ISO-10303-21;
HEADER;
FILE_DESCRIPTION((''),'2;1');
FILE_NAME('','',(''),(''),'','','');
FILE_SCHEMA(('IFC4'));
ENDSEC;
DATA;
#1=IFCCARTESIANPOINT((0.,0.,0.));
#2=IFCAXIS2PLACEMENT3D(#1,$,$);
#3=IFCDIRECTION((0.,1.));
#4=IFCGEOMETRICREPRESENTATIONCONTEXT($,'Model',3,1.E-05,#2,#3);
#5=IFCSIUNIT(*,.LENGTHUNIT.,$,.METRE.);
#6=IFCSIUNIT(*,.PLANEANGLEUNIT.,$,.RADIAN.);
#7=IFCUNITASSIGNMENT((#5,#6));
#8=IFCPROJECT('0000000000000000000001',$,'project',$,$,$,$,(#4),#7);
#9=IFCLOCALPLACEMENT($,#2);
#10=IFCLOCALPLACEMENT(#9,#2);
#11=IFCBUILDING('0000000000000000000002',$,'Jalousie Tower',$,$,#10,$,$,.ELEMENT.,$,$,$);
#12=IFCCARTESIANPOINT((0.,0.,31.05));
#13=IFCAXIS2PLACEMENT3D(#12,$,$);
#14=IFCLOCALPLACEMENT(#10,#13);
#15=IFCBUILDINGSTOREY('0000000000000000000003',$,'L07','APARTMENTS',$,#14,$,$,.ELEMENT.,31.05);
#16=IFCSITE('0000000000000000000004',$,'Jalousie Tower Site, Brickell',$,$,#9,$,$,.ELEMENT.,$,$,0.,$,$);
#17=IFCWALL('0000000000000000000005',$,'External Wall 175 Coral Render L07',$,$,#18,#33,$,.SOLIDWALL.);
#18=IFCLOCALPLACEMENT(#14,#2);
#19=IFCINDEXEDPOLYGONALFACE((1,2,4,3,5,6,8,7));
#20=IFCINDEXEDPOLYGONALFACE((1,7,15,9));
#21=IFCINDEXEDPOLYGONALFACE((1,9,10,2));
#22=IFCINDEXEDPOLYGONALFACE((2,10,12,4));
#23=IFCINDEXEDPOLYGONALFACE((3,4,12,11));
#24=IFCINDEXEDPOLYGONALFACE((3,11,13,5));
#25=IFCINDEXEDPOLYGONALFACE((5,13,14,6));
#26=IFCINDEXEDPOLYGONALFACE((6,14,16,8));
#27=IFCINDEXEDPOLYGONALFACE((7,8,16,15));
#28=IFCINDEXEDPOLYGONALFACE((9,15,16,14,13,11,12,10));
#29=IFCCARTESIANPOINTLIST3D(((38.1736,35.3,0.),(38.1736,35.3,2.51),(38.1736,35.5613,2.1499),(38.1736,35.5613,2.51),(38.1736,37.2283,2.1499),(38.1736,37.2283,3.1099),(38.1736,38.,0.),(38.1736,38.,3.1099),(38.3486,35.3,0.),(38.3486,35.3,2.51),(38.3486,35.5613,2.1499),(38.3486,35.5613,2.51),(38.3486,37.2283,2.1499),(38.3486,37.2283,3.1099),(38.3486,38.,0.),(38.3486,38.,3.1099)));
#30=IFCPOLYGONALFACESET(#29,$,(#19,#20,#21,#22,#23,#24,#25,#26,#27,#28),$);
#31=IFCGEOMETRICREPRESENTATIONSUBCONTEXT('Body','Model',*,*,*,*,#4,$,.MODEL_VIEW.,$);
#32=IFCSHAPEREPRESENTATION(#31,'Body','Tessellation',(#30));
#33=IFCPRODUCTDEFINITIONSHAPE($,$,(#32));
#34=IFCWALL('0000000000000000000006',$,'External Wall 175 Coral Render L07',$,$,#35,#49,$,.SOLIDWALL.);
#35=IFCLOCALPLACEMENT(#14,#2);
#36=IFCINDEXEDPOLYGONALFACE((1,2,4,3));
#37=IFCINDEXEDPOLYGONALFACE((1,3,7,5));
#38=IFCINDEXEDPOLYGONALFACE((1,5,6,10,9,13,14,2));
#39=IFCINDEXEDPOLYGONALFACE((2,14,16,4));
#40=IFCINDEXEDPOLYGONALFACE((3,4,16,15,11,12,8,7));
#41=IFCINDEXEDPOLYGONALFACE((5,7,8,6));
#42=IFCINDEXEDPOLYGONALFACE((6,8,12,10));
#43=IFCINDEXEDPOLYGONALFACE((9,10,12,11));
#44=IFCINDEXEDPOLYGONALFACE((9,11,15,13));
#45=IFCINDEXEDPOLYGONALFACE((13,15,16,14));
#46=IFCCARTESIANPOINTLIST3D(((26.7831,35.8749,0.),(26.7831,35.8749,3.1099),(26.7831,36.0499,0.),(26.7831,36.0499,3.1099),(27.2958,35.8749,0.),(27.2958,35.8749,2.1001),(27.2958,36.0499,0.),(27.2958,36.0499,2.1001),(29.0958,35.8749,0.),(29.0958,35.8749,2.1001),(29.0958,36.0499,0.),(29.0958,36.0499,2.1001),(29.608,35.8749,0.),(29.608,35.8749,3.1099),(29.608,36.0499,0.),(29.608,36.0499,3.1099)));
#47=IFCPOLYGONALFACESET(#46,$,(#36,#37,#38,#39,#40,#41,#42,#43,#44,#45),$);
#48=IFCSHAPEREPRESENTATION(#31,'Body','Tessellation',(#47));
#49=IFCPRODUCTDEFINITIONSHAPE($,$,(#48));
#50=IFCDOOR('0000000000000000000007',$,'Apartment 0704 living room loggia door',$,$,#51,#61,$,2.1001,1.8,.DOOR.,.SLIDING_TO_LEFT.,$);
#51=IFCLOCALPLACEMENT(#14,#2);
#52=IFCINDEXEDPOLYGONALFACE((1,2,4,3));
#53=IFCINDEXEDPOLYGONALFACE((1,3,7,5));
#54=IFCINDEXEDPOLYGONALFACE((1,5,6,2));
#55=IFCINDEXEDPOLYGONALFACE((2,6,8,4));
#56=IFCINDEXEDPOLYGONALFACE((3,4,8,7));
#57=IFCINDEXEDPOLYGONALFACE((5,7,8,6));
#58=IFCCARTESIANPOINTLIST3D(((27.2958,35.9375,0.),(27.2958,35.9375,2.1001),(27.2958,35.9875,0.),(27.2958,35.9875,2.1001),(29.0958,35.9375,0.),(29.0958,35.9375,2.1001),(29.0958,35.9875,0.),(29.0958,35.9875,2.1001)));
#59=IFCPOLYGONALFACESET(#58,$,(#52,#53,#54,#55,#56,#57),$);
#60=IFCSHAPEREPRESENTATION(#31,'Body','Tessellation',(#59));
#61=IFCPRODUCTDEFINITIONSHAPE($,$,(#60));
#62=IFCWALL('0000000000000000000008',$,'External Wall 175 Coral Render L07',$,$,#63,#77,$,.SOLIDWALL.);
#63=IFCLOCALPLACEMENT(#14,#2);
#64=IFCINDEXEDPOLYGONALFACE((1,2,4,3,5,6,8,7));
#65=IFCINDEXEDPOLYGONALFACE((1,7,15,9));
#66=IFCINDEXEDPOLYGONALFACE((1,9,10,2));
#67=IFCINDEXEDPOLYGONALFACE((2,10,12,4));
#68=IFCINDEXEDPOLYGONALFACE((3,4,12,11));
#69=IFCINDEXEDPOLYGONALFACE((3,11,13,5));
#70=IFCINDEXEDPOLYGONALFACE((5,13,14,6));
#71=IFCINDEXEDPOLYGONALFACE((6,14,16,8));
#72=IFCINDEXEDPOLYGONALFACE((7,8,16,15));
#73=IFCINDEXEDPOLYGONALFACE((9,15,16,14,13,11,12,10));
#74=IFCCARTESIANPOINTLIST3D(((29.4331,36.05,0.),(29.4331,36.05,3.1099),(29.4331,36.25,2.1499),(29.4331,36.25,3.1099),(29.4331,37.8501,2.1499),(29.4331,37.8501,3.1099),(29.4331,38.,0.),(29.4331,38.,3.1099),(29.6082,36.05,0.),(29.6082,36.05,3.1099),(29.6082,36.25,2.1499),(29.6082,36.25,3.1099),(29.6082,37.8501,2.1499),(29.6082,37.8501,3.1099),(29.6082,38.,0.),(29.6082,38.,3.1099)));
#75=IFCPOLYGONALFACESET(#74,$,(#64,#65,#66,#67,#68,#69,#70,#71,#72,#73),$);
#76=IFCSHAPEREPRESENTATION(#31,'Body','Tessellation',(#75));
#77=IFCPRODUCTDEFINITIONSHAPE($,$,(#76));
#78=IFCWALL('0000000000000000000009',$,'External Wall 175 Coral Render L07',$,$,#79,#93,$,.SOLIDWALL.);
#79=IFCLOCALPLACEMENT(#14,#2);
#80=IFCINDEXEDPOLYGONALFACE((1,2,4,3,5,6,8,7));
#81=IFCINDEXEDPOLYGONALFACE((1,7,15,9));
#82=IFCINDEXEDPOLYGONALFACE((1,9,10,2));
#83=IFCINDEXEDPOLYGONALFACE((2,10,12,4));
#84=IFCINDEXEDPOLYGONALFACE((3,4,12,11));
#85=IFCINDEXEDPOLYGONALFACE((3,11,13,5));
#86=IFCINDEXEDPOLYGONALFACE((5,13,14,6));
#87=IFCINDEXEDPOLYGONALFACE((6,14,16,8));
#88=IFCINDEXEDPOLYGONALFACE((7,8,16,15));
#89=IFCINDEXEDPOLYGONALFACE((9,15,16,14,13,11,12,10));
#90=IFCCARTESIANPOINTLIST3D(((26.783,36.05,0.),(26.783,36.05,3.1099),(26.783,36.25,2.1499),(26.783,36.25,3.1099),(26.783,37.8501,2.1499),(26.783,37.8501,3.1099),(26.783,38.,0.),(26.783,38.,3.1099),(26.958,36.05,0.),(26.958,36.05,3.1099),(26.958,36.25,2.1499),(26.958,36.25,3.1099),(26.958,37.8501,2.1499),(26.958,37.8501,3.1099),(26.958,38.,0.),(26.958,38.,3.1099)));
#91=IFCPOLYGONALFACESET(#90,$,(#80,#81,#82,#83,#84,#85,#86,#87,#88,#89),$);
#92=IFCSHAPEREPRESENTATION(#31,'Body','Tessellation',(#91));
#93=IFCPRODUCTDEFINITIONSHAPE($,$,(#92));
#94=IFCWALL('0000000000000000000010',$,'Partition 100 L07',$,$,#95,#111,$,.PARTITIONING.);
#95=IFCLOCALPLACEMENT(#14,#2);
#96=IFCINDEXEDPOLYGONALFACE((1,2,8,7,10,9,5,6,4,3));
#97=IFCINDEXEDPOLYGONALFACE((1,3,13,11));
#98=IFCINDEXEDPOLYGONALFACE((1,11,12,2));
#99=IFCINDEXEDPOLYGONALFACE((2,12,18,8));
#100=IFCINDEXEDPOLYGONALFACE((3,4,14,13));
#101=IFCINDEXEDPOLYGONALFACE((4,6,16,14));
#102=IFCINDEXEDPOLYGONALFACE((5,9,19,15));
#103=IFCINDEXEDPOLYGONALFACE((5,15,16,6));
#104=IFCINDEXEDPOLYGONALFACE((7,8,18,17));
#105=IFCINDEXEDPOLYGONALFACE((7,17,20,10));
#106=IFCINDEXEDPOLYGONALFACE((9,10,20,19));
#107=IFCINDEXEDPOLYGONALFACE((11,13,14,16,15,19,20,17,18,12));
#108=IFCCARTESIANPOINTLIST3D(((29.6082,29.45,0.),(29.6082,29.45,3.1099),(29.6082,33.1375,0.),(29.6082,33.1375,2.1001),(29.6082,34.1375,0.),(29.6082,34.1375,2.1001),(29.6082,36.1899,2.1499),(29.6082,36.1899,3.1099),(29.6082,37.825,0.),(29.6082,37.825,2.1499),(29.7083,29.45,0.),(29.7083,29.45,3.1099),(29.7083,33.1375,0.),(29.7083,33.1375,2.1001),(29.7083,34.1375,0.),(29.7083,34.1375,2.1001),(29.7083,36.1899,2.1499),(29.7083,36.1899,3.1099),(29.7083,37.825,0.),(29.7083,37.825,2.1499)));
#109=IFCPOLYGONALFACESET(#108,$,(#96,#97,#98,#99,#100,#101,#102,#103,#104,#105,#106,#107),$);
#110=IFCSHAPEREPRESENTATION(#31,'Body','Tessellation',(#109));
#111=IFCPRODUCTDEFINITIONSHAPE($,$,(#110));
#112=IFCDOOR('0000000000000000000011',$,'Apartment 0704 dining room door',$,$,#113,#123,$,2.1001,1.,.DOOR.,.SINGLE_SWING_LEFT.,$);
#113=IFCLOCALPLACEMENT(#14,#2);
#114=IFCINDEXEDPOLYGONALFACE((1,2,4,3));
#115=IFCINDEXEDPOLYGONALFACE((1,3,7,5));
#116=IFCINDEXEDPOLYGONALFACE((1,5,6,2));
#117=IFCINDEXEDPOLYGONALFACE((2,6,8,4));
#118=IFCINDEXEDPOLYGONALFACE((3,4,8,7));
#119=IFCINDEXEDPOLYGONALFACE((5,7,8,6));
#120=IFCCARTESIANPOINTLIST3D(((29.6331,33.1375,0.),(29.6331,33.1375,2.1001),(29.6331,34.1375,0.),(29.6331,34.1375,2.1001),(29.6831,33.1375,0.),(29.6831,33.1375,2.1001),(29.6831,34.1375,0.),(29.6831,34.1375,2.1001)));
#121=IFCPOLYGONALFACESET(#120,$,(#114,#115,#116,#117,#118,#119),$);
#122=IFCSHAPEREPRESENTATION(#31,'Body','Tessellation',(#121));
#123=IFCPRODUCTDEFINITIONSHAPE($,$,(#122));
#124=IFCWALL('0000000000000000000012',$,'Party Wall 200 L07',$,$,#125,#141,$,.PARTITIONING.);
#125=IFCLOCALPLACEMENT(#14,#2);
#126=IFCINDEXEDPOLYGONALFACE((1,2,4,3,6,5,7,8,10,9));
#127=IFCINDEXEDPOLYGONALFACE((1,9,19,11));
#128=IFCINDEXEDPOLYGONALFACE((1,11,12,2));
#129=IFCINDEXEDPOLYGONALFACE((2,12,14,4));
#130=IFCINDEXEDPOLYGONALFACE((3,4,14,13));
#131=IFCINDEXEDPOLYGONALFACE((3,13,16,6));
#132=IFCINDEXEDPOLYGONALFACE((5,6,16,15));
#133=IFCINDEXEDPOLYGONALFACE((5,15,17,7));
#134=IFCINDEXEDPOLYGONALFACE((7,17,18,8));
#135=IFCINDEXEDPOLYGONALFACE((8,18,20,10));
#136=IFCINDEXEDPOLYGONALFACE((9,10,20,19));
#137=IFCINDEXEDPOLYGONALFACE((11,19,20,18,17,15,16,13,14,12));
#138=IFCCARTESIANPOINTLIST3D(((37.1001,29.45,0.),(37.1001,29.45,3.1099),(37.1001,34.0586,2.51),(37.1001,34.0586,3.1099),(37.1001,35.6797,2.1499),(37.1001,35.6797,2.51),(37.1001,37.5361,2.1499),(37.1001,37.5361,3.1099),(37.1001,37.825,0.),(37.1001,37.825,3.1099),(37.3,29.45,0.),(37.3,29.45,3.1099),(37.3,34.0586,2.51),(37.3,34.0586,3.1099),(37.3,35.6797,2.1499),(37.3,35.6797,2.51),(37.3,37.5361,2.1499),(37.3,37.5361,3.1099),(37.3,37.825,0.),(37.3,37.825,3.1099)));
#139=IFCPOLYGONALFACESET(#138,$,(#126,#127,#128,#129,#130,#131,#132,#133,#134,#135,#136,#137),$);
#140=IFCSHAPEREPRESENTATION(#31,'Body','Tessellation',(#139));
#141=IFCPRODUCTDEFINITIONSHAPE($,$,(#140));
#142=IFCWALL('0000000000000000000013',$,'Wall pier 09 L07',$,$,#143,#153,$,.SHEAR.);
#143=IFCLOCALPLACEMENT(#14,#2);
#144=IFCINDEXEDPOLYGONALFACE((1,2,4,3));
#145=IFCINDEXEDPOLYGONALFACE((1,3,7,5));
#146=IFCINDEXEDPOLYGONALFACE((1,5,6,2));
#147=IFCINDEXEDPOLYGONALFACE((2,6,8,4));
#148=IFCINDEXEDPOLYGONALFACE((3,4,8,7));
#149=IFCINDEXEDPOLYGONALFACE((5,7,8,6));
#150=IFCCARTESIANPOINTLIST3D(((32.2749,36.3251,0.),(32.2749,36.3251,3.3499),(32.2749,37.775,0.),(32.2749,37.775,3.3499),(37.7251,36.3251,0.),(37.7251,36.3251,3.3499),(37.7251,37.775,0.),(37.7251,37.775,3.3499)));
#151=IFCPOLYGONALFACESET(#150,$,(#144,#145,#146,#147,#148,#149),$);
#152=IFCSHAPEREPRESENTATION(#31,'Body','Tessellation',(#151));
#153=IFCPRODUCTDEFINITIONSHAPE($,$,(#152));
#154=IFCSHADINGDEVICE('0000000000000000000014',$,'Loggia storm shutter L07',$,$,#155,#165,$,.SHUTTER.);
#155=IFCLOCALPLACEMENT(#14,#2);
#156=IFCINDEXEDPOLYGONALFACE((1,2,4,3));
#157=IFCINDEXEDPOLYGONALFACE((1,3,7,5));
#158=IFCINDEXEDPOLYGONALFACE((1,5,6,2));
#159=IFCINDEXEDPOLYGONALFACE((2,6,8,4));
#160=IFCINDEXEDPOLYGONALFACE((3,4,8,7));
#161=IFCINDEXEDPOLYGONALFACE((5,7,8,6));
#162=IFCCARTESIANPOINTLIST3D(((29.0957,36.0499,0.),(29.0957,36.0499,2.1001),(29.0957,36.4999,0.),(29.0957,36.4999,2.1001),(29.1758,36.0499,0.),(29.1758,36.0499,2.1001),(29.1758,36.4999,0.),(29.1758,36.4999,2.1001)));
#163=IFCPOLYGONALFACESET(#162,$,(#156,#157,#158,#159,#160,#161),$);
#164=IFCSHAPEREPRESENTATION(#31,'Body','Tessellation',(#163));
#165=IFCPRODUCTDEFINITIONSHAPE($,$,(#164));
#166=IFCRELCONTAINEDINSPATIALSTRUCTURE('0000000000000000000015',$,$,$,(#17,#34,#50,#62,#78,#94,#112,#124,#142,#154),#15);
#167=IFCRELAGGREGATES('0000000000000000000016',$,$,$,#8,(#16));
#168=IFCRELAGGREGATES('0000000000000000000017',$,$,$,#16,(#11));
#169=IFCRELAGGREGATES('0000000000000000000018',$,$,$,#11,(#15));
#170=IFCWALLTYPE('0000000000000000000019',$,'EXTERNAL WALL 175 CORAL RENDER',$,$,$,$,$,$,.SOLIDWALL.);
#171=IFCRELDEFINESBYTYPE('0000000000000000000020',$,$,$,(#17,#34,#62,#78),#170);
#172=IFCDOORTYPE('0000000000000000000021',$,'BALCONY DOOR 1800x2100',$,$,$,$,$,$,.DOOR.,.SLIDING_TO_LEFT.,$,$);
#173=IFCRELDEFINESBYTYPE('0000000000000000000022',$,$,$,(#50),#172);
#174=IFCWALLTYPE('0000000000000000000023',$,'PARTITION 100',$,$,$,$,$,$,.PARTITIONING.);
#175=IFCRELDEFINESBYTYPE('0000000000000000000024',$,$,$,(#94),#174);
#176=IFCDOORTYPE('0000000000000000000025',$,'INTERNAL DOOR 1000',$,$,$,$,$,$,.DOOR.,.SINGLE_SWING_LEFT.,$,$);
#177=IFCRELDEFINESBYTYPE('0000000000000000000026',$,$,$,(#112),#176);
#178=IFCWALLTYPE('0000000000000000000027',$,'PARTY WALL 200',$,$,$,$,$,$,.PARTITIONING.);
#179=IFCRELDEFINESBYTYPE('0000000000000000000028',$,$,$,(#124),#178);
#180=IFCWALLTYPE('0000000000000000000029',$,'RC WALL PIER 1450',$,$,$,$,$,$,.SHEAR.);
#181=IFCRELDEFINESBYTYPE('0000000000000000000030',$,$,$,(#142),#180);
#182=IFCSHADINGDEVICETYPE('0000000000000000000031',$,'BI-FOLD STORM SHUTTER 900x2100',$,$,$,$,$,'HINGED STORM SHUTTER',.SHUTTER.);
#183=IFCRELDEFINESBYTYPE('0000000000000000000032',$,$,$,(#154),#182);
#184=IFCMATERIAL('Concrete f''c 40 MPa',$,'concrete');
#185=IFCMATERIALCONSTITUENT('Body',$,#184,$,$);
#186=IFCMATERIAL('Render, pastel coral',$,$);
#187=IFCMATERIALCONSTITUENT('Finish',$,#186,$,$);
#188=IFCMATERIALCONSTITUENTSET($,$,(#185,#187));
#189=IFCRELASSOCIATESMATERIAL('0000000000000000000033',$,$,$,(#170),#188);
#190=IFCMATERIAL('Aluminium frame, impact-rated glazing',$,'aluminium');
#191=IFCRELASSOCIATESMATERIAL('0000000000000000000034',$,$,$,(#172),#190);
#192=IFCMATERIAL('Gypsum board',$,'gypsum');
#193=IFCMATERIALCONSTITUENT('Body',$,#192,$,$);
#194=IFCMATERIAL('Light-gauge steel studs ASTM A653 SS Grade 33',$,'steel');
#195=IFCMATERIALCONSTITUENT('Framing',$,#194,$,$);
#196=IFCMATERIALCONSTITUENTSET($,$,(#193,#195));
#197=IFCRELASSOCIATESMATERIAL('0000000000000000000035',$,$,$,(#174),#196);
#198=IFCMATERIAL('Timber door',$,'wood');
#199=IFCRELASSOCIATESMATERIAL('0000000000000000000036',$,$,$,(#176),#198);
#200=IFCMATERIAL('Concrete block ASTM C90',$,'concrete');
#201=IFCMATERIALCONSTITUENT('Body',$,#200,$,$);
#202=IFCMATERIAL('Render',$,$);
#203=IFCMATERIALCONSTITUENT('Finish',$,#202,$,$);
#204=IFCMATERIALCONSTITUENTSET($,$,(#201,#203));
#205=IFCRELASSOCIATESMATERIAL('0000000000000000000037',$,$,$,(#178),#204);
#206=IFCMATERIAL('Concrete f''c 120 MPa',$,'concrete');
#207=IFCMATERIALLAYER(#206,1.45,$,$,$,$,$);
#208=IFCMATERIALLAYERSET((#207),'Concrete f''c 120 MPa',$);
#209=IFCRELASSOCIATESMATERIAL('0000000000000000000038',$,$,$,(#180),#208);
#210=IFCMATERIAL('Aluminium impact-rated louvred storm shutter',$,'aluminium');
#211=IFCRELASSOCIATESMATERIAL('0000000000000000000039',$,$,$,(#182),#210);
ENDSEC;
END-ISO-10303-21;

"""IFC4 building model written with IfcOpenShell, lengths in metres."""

from ifc_helpers import new_model, si_unit, direction, frame, frame_2d, origin, origin_2d, place, context, subcontext, project, spatial, polyline, rectangle, outline, extrude, material, layer, layer_set, constituent, constituent_set, type_object, element, fill, save


model = new_model("IFC4")

# Units and contexts
model_context = context("Model", 3, precision=1e-05, world=origin(), true_north=direction((0.0, 1.0)))
body_context = subcontext(model_context, "Body", "Model", "MODEL_VIEW")
ifc_project = project(units=[si_unit("LENGTHUNIT", "METRE"), si_unit("PLANEANGLEUNIT", "RADIAN")], contexts=[model_context])

# Site, building, storey
site_placement = place(None, origin())
site = spatial("IfcSite", under=ifc_project, at=site_placement, Name="Jalousie Tower Site, Brickell", CompositionType="ELEMENT", RefElevation=0.0)
building_placement = place(site_placement, origin())
building = spatial("IfcBuilding", under=site, at=building_placement, Name="Jalousie Tower", CompositionType="ELEMENT")
storey_placement = place(building_placement, frame((0.0, 0.0, 31.05)))
storey = spatial("IfcBuildingStorey", under=building, at=storey_placement, Name="L07", Description="APARTMENTS", CompositionType="ELEMENT", Elevation=31.05)

# Shared definitions
ifc_material_1 = material(Name="Concrete f'c 40 MPa", Category="concrete")
ifc_constituent_1 = constituent(ifc_material_1, Name="Body")
ifc_material_2 = material(Name="Render, pastel coral")
ifc_constituent_2 = constituent(ifc_material_2, Name="Finish")
ifc_constituent_set_1 = constituent_set(constituents=[ifc_constituent_1, ifc_constituent_2])
wall_type_1 = type_object("IfcWallType", Name="EXTERNAL WALL 175 CORAL RENDER", PredefinedType="SOLIDWALL", material=ifc_constituent_set_1)

# Wall
wall_1_placement = place(storey_placement, frame((38.2612, 38.0, 0.0), z_axis=(0.0, 0.0, 1.0), x_axis=(0.0, -1.0, 0.0)))
element("IfcWall", 1, at=wall_1_placement, inside=storey, type_object=wall_type_1, Name="External Wall 175 Coral Render L07", PredefinedType="SOLIDWALL", context=body_context, shape_type="SweptSolid", body=[
    extrude(outline(polyline([(0.0, 0.0), (2.7, 0.0), (2.7, 2.51), (2.4387, 2.51), (2.4387, 2.1499), (0.7717, 2.1499), (0.7717, 3.1099), (0.0, 3.1099), (0.0, 0.0)])), frame((0.0, 0.0874, 0.0), z_axis=(0.0, -1.0, 0.0), x_axis=(1.0, 0.0, 0.0)), (0.0, 0.0, 1.0), 0.175),
])

# Wall, opening, door
wall_2_placement = place(storey_placement, frame((29.6082, 35.9624, 0.0), z_axis=(0.0, 0.0, 1.0), x_axis=(-1.0, 0.0, 0.0)))
wall_2 = element("IfcWall", 2, at=wall_2_placement, inside=storey, type_object=wall_type_1, Name="External Wall 175 Coral Render L07", PredefinedType="SOLIDWALL", context=body_context, shape_type="SweptSolid", body=[
    extrude(rectangle(XDim=2.825, YDim=0.175, at=frame_2d((1.4126, 0.0))), origin(), (0.0, 0.0, 1.0), 3.1099),
])
opening_1_placement = place(wall_2_placement, frame((0.5125, 0.0, 0.0)))
opening_1 = element("IfcOpeningElement", 3, at=opening_1_placement, cuts=wall_2, PredefinedType="OPENING", context=body_context, shape_type="SweptSolid", body=[
    extrude(rectangle(XDim=1.8, YDim=2.1001, at=frame_2d((0.8999, 1.05))), frame((0.0, 0.0974, 0.0), z_axis=(0.0, -1.0, 0.0), x_axis=(1.0, 0.0, 0.0)), (0.0, 0.0, 1.0), 0.1951),
])
ifc_material_3 = material(Name="Aluminium frame, impact-rated glazing", Category="aluminium")
door_type_1 = type_object("IfcDoorType", Name="BALCONY DOOR 1800x2100", OperationType="SLIDING_TO_LEFT", PredefinedType="DOOR", material=ifc_material_3)
door_1_placement = place(opening_1_placement, origin())
door_1 = element("IfcDoor", 4, at=door_1_placement, inside=storey, type_object=door_type_1, Name="Apartment 0704 living room loggia door", OperationType="SLIDING_TO_LEFT", OverallHeight=2.1001, OverallWidth=1.8, PredefinedType="DOOR", context=body_context, shape_type="SweptSolid", body=[
    extrude(rectangle(XDim=1.8, YDim=2.1001, at=frame_2d((0.8999, 1.05))), frame((0.0, 0.0249, 0.0), z_axis=(0.0, -1.0, 0.0), x_axis=(1.0, 0.0, 0.0)), (0.0, 0.0, 1.0), 0.05),
])
fill(opening_1, door_1)

# Walls
for number, where, z_axis, x_axis, name in (
    (5, (29.5208, 38.0, 0.0), (0.0, 0.0, 1.0), (0.0, -1.0, 0.0), "External Wall 175 Coral Render L07"),
    (6, (26.8706, 38.0, 0.0), (0.0, 0.0, 1.0), (0.0, -1.0, 0.0), "External Wall 175 Coral Render L07"),
):
    element("IfcWall", number, at=place(storey_placement, frame(where, z_axis=z_axis, x_axis=x_axis)), inside=storey, type_object=wall_type_1, Name=name, PredefinedType="SOLIDWALL", context=body_context, shape_type="SweptSolid", body=[
        extrude(outline(polyline([(0.0, 0.0), (1.95, 0.0), (1.95, 3.1099), (1.75, 3.1099), (1.75, 2.1499), (0.1499, 2.1499), (0.1499, 3.1099), (0.0, 3.1099), (0.0, 0.0)])), frame((0.0, 0.0874, 0.0), z_axis=(0.0, -1.0, 0.0), x_axis=(1.0, 0.0, 0.0)), (0.0, 0.0, 1.0), 0.175),
    ])

# Wall, opening, door
ifc_material_4 = material(Name="Gypsum board", Category="gypsum")
ifc_constituent_3 = constituent(ifc_material_4, Name="Body")
ifc_material_5 = material(Name="Light-gauge steel studs ASTM A653 SS Grade 33", Category="steel")
ifc_constituent_4 = constituent(ifc_material_5, Name="Framing")
ifc_constituent_set_2 = constituent_set(constituents=[ifc_constituent_3, ifc_constituent_4])
wall_type_2 = type_object("IfcWallType", Name="PARTITION 100", PredefinedType="PARTITIONING", material=ifc_constituent_set_2)
wall_3_placement = place(storey_placement, frame((29.6582, 37.825, 0.0), z_axis=(0.0, 0.0, 1.0), x_axis=(0.0, -1.0, 0.0)))
wall_3 = element("IfcWall", 7, at=wall_3_placement, inside=storey, type_object=wall_type_2, Name="Partition 100 L07", PredefinedType="PARTITIONING", context=body_context, shape_type="SweptSolid", body=[
    extrude(outline(polyline([(0.0, 0.0), (8.375, 0.0), (8.375, 3.1099), (1.635, 3.1099), (1.635, 2.1499), (0.0, 2.1499), (0.0, 3.1099), (0.0, 0.0)])), frame((0.0, 0.05, 0.0), z_axis=(0.0, -1.0, 0.0), x_axis=(1.0, 0.0, 0.0)), (0.0, 0.0, 1.0), 0.1001),
])
opening_2_placement = place(wall_3_placement, frame((3.6875, 0.0, 0.0)))
opening_2 = element("IfcOpeningElement", 8, at=opening_2_placement, cuts=wall_3, PredefinedType="OPENING", context=body_context, shape_type="SweptSolid", body=[
    extrude(rectangle(XDim=1.0, YDim=2.1001, at=frame_2d((0.5, 1.05))), frame((0.0, 0.0601, 0.0), z_axis=(0.0, -1.0, 0.0), x_axis=(1.0, 0.0, 0.0)), (0.0, 0.0, 1.0), 0.1201),
])
ifc_material_6 = material(Name="Timber door", Category="wood")
door_type_2 = type_object("IfcDoorType", Name="INTERNAL DOOR 1000", OperationType="SINGLE_SWING_LEFT", PredefinedType="DOOR", material=ifc_material_6)
door_2_placement = place(opening_2_placement, origin())
door_2 = element("IfcDoor", 9, at=door_2_placement, inside=storey, type_object=door_type_2, Name="Apartment 0704 dining room door", OperationType="SINGLE_SWING_LEFT", OverallHeight=2.1001, OverallWidth=1.0, PredefinedType="DOOR", context=body_context, shape_type="SweptSolid", body=[
    extrude(rectangle(XDim=1.0, YDim=2.1001, at=frame_2d((0.5, 1.05))), frame((0.0, 0.0249, 0.0), z_axis=(0.0, -1.0, 0.0), x_axis=(1.0, 0.0, 0.0)), (0.0, 0.0, 1.0), 0.05),
])
fill(opening_2, door_2)

# Walls
ifc_material_7 = material(Name="Concrete block ASTM C90", Category="concrete")
ifc_constituent_5 = constituent(ifc_material_7, Name="Body")
ifc_material_8 = material(Name="Render")
ifc_constituent_6 = constituent(ifc_material_8, Name="Finish")
ifc_constituent_set_3 = constituent_set(constituents=[ifc_constituent_5, ifc_constituent_6])
wall_type_3 = type_object("IfcWallType", Name="PARTY WALL 200", PredefinedType="PARTITIONING", material=ifc_constituent_set_3)
wall_4_placement = place(storey_placement, frame((37.2, 37.825, 0.0), z_axis=(0.0, 0.0, 1.0), x_axis=(0.0, -1.0, 0.0)))
element("IfcWall", 10, at=wall_4_placement, inside=storey, type_object=wall_type_3, Name="Party Wall 200 L07", PredefinedType="PARTITIONING", context=body_context, shape_type="SweptSolid", body=[
    extrude(outline(polyline([(0.0, 0.0), (8.375, 0.0), (8.375, 3.1099), (3.7664, 3.1099), (3.7664, 2.51), (2.1453, 2.51), (2.1453, 2.1499), (0.2888, 2.1499), (0.2888, 3.1099), (0.0, 3.1099), (0.0, 0.0)])), frame((0.0, 0.1001, 0.0), z_axis=(0.0, -1.0, 0.0), x_axis=(1.0, 0.0, 0.0)), (0.0, 0.0, 1.0), 0.2),
])
ifc_material_9 = material(Name="Concrete f'c 120 MPa", Category="concrete")
ifc_layer_1 = layer(ifc_material_9, 1.45)
ifc_layer_set_1 = layer_set([ifc_layer_1], Name="Concrete f'c 120 MPa")
wall_type_4 = type_object("IfcWallType", Name="RC WALL PIER 1450", PredefinedType="SHEAR", material=ifc_layer_set_1)
wall_5_placement = place(storey_placement, frame((32.2749, 37.05, 0.0), z_axis=(0.0, 0.0, 1.0), x_axis=(1.0, 0.0, 0.0)))
element("IfcWall", 11, at=wall_5_placement, inside=storey, type_object=wall_type_4, Name="Wall pier 09 L07", PredefinedType="SHEAR", context=body_context, shape_type="SweptSolid", body=[
    extrude(rectangle(XDim=5.4502, YDim=1.45, at=frame_2d((2.7251, 0.0))), origin(), (0.0, 0.0, 1.0), 3.3499),
])

# Shading device
ifc_material_10 = material(Name="Aluminium impact-rated louvred storm shutter", Category="aluminium")
shading_device_type_1 = type_object("IfcShadingDeviceType", Name="BI-FOLD STORM SHUTTER 900x2100", ElementType="HINGED STORM SHUTTER", PredefinedType="SHUTTER", material=ifc_material_10)
for number, where, z_axis, x_axis, name in (
    (12, (29.1357, 36.2749, 0.0), (0.0, 0.0, 1.0), (0.0, -1.0, 0.0), "Loggia storm shutter L07"),
):
    element("IfcShadingDevice", number, at=place(storey_placement, frame(where, z_axis=z_axis, x_axis=x_axis)), inside=storey, type_object=shading_device_type_1, Name=name, PredefinedType="SHUTTER", context=body_context, shape_type="SweptSolid", body=[
        extrude(rectangle(XDim=0.45, YDim=0.0801, at=origin_2d()), origin(), (0.0, 0.0, 1.0), 2.1001),
    ])

save(model, "model.ifc")
